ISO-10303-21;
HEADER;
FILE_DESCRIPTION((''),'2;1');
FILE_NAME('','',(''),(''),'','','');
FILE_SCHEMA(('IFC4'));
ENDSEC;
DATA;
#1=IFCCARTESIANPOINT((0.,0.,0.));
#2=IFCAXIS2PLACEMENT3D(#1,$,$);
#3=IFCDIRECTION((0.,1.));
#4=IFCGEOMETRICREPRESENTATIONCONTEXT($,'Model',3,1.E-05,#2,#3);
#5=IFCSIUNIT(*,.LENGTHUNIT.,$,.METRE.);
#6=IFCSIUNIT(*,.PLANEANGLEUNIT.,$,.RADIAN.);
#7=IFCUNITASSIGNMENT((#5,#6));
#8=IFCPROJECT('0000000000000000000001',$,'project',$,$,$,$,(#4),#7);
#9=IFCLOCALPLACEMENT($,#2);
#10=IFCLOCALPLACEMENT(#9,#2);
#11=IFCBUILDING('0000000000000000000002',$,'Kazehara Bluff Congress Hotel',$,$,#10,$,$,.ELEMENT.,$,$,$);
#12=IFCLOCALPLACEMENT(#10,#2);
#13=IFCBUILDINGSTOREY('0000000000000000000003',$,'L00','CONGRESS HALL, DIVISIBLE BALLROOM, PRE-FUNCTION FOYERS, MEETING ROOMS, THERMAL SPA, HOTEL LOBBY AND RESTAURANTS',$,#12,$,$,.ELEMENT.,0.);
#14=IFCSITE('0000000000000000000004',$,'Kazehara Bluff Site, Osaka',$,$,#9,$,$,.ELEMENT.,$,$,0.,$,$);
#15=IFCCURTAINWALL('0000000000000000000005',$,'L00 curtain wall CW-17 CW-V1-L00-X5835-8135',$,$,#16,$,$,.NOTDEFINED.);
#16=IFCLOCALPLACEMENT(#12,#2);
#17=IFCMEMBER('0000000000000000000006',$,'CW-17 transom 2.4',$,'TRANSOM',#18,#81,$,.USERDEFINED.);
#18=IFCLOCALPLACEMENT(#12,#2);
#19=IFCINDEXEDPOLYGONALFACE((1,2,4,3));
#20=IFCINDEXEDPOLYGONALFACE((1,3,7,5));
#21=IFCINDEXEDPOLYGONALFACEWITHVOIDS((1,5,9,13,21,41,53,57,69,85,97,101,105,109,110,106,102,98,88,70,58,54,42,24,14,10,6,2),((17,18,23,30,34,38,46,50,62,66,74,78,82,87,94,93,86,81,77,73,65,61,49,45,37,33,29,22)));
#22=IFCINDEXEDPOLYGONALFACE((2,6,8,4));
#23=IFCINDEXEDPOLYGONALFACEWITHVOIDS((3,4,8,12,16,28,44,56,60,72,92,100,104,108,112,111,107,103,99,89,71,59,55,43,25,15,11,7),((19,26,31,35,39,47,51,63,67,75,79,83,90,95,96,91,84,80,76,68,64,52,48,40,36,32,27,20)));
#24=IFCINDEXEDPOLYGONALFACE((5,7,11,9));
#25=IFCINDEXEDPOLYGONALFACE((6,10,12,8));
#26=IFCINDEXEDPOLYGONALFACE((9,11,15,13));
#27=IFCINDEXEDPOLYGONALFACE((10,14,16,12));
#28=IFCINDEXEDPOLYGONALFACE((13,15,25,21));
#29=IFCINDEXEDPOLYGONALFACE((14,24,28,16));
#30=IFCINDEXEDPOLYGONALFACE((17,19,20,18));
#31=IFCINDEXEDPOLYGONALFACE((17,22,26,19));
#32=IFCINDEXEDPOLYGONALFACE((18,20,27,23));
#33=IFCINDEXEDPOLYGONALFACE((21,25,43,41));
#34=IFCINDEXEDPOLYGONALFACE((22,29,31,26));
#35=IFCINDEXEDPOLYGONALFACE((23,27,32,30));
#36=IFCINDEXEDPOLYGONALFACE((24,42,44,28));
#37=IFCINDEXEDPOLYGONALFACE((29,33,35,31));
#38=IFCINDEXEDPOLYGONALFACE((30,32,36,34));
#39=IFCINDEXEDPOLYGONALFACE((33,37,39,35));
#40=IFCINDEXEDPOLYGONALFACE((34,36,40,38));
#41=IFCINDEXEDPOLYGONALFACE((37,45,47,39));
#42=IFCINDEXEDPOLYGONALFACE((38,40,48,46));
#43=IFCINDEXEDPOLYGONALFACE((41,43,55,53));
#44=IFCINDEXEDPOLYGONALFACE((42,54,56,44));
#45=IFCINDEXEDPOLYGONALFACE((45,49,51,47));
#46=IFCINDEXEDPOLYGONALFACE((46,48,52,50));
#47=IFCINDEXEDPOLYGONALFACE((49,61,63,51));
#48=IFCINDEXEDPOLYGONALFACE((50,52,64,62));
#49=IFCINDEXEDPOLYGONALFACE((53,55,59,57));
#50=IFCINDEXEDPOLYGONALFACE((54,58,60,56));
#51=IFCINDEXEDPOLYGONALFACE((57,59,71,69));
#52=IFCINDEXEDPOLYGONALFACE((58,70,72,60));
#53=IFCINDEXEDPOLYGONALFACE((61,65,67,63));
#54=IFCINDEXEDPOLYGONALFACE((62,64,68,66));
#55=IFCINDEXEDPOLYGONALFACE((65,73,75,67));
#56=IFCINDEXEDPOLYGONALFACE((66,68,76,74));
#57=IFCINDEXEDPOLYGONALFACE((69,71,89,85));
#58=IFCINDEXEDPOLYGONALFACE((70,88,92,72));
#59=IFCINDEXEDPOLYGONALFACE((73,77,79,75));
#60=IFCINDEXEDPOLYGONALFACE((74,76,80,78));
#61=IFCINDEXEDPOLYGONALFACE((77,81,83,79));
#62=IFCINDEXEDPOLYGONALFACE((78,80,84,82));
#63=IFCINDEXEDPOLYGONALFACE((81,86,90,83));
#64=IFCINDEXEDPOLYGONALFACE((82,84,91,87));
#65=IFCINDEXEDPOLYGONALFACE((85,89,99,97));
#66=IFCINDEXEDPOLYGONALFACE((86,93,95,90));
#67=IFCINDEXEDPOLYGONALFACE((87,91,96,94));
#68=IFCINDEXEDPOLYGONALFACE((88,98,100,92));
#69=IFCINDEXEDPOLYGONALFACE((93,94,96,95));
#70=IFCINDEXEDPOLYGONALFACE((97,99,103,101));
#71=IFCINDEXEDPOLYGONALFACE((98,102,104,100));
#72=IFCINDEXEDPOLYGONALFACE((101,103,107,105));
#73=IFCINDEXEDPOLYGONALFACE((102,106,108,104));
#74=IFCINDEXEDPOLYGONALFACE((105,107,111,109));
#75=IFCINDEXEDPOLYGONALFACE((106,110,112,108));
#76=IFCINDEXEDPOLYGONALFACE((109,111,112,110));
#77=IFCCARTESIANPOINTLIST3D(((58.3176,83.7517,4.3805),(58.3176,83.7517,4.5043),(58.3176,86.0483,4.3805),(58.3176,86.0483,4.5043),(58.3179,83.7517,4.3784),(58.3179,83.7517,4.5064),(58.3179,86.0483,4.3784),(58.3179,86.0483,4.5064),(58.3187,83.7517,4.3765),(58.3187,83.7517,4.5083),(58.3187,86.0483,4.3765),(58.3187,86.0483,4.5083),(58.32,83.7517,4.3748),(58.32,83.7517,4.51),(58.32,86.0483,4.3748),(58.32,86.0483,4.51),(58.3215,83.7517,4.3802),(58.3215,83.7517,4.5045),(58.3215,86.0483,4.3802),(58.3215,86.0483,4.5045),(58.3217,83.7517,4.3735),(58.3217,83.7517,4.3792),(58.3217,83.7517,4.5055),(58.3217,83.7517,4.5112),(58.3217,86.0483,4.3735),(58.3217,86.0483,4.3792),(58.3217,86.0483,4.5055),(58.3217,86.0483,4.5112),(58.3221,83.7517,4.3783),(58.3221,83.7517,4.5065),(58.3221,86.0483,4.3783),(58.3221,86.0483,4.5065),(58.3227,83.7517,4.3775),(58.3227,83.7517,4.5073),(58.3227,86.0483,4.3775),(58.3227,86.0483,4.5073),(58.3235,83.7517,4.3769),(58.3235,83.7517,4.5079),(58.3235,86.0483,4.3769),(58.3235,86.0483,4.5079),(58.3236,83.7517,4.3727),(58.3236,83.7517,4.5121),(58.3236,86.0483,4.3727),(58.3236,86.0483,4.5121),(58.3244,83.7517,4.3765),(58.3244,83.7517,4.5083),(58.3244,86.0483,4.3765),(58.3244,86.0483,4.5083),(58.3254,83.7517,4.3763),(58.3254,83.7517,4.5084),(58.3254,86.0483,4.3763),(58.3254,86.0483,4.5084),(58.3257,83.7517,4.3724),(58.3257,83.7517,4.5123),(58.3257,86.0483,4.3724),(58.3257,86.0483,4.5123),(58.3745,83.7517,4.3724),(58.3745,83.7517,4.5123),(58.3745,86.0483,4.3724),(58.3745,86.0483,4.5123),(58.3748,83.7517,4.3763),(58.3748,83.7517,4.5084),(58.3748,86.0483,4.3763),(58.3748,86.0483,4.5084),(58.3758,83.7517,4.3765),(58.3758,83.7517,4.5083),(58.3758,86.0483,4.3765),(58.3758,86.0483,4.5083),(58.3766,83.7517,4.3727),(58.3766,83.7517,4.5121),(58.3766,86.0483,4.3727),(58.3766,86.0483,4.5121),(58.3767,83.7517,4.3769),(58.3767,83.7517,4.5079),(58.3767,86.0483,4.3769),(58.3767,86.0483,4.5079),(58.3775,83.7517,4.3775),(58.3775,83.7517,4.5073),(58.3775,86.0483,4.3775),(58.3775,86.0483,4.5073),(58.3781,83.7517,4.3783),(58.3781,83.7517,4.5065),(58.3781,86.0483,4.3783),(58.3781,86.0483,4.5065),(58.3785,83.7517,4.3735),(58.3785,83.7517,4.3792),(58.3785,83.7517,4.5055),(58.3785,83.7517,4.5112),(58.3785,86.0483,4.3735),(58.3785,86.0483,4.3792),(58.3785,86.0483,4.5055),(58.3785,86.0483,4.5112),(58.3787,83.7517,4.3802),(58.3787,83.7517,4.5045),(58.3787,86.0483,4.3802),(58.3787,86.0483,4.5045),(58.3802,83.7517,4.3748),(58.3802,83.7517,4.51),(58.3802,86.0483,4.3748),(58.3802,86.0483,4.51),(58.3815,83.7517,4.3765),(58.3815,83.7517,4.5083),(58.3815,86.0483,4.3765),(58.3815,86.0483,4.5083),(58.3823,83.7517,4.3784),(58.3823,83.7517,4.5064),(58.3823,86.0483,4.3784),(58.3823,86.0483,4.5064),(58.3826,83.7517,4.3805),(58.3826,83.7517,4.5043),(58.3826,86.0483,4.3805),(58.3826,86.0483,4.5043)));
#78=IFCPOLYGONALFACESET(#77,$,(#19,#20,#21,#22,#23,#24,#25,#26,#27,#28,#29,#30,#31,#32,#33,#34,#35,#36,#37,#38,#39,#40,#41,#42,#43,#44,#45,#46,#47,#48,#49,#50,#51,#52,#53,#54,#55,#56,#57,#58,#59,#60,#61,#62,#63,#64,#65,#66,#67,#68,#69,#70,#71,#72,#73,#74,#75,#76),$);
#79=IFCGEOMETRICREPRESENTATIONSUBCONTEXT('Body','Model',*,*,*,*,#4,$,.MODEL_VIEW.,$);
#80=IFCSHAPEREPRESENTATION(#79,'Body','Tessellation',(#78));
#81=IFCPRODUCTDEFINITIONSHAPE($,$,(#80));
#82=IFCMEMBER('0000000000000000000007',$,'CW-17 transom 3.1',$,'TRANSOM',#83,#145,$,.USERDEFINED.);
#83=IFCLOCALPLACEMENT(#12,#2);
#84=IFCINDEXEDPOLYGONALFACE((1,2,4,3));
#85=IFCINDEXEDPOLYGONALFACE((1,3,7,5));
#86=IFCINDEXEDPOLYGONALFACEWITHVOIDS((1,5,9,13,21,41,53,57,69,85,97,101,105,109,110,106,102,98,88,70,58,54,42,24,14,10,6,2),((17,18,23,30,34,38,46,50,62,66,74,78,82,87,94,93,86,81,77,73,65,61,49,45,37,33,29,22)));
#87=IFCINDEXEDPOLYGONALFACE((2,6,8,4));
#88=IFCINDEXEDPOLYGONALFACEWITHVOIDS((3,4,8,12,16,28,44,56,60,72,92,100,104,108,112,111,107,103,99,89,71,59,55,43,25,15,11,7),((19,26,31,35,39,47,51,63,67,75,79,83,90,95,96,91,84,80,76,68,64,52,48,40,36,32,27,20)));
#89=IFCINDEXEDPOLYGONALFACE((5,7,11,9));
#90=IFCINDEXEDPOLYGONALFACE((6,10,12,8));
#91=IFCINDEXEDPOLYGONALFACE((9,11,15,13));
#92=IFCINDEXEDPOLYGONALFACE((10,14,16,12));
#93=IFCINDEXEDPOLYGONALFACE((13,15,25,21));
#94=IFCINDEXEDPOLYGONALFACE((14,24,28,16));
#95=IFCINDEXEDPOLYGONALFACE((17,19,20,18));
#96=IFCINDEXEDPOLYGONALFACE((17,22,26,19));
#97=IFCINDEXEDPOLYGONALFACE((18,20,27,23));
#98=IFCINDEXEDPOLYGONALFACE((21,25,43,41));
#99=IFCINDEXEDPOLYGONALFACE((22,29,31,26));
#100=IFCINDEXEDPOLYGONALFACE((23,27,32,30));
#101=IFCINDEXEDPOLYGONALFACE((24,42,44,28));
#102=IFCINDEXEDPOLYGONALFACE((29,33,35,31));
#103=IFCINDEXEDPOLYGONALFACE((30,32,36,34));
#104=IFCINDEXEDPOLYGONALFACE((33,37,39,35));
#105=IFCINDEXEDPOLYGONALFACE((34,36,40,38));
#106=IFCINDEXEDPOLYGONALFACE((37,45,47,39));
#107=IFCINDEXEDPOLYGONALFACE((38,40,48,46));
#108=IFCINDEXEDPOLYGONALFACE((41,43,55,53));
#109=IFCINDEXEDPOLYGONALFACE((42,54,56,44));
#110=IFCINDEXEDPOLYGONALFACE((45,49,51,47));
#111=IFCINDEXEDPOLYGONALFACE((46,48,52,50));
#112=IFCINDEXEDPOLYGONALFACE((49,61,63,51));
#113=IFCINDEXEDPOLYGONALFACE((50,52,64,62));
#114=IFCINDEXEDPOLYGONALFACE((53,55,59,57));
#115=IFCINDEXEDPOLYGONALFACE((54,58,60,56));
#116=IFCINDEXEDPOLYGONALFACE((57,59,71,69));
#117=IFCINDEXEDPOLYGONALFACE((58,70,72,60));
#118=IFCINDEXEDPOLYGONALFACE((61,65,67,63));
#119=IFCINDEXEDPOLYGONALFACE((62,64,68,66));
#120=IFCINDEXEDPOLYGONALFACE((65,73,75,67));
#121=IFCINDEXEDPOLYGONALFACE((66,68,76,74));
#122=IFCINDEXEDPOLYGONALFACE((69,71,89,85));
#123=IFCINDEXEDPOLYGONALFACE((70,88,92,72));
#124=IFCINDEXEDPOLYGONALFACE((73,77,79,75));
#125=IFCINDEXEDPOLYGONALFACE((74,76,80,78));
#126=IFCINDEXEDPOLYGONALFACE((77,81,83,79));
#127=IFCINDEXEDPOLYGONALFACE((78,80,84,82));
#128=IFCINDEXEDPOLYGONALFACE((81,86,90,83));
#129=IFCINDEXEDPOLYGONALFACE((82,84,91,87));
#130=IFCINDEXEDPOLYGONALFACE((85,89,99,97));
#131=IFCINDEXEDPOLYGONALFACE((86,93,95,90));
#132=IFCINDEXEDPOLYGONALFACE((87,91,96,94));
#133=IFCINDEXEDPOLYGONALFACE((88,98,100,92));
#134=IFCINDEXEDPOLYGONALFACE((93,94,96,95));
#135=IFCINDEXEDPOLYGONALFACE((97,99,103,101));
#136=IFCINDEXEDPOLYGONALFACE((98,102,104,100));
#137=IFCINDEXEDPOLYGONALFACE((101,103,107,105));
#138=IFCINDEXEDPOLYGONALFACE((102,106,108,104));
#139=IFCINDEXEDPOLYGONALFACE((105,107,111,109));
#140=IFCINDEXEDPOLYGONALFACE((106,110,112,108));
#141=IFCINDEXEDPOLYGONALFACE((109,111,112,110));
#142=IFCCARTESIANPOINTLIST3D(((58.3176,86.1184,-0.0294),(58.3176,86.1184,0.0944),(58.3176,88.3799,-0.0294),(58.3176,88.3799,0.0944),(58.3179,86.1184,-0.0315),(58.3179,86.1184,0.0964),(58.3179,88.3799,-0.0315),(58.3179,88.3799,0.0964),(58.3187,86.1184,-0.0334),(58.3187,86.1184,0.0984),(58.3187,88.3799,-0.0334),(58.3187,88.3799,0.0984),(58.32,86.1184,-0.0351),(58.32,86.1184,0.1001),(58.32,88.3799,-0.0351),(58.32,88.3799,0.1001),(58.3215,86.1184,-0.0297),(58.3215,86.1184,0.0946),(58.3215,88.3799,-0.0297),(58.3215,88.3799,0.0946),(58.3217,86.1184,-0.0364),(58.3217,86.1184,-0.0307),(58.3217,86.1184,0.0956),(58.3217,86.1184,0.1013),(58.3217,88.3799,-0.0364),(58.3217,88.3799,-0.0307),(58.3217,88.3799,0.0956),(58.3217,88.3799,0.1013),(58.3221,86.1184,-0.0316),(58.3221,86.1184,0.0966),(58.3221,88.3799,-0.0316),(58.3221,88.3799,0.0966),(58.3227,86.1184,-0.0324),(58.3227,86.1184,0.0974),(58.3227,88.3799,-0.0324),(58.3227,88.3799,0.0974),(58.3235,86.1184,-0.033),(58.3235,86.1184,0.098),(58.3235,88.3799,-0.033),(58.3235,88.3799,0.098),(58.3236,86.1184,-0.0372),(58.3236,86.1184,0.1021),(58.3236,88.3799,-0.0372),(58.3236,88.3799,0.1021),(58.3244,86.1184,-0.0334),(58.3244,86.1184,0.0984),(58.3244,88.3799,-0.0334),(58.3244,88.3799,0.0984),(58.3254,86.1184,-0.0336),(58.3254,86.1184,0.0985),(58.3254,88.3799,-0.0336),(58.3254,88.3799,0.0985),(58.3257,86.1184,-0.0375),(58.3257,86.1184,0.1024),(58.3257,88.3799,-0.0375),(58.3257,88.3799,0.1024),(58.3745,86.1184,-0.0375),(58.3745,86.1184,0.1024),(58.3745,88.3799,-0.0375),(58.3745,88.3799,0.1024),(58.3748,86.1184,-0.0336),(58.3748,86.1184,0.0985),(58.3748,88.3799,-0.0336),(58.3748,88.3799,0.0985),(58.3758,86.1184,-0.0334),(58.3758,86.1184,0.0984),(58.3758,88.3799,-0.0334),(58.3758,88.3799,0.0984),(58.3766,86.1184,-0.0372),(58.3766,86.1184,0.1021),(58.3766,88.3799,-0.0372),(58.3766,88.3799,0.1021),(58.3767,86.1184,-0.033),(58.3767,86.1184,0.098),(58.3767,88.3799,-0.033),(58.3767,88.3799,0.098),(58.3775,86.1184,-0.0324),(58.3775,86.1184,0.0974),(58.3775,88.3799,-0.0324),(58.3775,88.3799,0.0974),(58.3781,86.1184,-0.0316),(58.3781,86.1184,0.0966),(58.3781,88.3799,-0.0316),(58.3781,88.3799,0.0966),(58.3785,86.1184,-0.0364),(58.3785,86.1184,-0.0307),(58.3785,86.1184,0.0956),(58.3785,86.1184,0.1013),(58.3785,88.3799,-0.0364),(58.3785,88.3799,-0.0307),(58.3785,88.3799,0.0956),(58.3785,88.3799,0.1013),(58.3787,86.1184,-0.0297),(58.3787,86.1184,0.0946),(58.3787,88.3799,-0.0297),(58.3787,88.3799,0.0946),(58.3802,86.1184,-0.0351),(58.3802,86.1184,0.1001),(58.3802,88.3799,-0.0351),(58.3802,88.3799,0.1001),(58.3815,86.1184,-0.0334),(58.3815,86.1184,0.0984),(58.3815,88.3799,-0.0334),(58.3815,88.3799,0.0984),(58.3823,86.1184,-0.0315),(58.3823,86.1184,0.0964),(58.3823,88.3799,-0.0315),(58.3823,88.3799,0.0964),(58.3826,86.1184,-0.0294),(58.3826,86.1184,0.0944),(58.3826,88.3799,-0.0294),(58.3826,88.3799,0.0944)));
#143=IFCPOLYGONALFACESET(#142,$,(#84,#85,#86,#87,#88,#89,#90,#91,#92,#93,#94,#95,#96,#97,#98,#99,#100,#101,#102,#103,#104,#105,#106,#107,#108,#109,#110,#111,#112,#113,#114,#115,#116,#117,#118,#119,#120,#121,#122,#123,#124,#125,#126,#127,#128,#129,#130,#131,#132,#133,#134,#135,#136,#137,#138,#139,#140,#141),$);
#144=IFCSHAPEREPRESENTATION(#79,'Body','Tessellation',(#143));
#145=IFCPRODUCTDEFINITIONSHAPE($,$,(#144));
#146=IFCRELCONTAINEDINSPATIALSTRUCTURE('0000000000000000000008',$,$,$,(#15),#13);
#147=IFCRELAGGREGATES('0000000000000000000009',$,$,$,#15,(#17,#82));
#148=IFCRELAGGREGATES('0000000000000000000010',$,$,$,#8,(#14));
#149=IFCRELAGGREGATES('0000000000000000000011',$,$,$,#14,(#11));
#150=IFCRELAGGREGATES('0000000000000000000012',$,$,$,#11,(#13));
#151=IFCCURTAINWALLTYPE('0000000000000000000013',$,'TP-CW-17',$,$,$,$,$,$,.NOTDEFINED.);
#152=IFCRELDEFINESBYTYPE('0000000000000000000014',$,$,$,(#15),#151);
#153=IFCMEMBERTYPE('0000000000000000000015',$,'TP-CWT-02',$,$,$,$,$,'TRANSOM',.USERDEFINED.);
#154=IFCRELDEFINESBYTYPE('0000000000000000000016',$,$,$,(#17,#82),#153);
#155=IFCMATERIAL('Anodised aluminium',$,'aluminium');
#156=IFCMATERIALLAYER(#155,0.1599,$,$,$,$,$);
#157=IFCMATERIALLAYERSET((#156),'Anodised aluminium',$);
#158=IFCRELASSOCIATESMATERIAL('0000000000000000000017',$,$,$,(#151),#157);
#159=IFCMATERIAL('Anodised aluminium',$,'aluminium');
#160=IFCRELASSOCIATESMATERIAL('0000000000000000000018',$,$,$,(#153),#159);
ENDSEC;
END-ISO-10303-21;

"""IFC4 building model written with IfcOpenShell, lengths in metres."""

from ifc_helpers import new_model, si_unit, direction, frame, origin, origin_2d, place, context, subcontext, project, spatial, hollow_rectangle, extrude, material, layer, layer_set, material_profile, profile_set, type_object, element, aggregate, save


model = new_model("IFC4")

# Units and contexts
model_context = context("Model", 3, precision=1e-05, world=origin(), true_north=direction((0.0, 1.0)))
body_context = subcontext(model_context, "Body", "Model", "MODEL_VIEW")
ifc_project = project(units=[si_unit("LENGTHUNIT", "METRE"), si_unit("PLANEANGLEUNIT", "RADIAN")], contexts=[model_context])

# Site, building, storey
site_placement = place(None, origin())
site = spatial("IfcSite", under=ifc_project, at=site_placement, Name="Kazehara Bluff Site, Osaka", CompositionType="ELEMENT", RefElevation=0.0)
building_placement = place(site_placement, origin())
building = spatial("IfcBuilding", under=site, at=building_placement, Name="Kazehara Bluff Congress Hotel", CompositionType="ELEMENT")
storey_placement = place(building_placement, origin())
storey = spatial("IfcBuildingStorey", under=building, at=storey_placement, Name="L00", Description="CONGRESS HALL, DIVISIBLE BALLROOM, PRE-FUNCTION FOYERS, MEETING ROOMS, THERMAL SPA, HOTEL LOBBY AND RESTAURANTS", CompositionType="ELEMENT", Elevation=0.0)

# Curtain wall, members
ifc_material_1 = material(Name="Anodised aluminium", Category="aluminium")
ifc_layer_1 = layer(ifc_material_1, 0.1599)
ifc_layer_set_1 = layer_set([ifc_layer_1], Name="Anodised aluminium")
curtain_wall_type = type_object("IfcCurtainWallType", Name="TP-CW-17", PredefinedType="NOTDEFINED", material=ifc_layer_set_1)
curtain_wall_placement = place(storey_placement, origin())
curtain_wall = element("IfcCurtainWall", 1, at=curtain_wall_placement, inside=storey, type_object=curtain_wall_type, Name="L00 curtain wall CW-17 CW-V1-L00-X5835-8135", PredefinedType="NOTDEFINED")
ifc_material_2 = material(Name="Anodised aluminium", Category="aluminium")
ifc_material_profile_1 = material_profile(ifc_material_2, hollow_rectangle(XDim=0.0649, YDim=0.1399, WallThickness=0.0039, InnerFilletRadius=0.0039, OuterFilletRadius=0.0081, at=origin_2d()))
ifc_profile_set_1 = profile_set([ifc_material_profile_1], Name="Anodised aluminium")
member_type_1 = type_object("IfcMemberType", Name="TP-CWT-02", ElementType="TRANSOM", PredefinedType="USERDEFINED", material=ifc_profile_set_1)
member_1_placement = place(storey_placement, frame((58.3501, 83.7517, 4.4424), z_axis=(0.0, 1.0, 0.0), x_axis=(-1.0, 0.0, 0.0)))
member_1 = element("IfcMember", 2, at=member_1_placement, type_object=member_type_1, Name="CW-17 transom 2.4", ObjectType="TRANSOM", PredefinedType="USERDEFINED", context=body_context, shape_type="SweptSolid", body=[
    extrude(hollow_rectangle(XDim=0.0649, YDim=0.1399, WallThickness=0.0039, InnerFilletRadius=0.0039, OuterFilletRadius=0.0081, at=origin_2d()), origin(), (0.0, 0.0, 1.0), 2.2966),
])
member_2_placement = place(storey_placement, frame((58.3501, 86.1184, 0.0325), z_axis=(0.0, 1.0, 0.0), x_axis=(-1.0, 0.0, 0.0)))
member_2 = element("IfcMember", 3, at=member_2_placement, type_object=member_type_1, Name="CW-17 transom 3.1", ObjectType="TRANSOM", PredefinedType="USERDEFINED", context=body_context, shape_type="SweptSolid", body=[
    extrude(hollow_rectangle(XDim=0.0649, YDim=0.1399, WallThickness=0.0039, InnerFilletRadius=0.0039, OuterFilletRadius=0.0081, at=origin_2d()), origin(), (0.0, 0.0, 1.0), 2.2615),
])

aggregate(curtain_wall, [member_1, member_2])

save(model, "model.ifc")
